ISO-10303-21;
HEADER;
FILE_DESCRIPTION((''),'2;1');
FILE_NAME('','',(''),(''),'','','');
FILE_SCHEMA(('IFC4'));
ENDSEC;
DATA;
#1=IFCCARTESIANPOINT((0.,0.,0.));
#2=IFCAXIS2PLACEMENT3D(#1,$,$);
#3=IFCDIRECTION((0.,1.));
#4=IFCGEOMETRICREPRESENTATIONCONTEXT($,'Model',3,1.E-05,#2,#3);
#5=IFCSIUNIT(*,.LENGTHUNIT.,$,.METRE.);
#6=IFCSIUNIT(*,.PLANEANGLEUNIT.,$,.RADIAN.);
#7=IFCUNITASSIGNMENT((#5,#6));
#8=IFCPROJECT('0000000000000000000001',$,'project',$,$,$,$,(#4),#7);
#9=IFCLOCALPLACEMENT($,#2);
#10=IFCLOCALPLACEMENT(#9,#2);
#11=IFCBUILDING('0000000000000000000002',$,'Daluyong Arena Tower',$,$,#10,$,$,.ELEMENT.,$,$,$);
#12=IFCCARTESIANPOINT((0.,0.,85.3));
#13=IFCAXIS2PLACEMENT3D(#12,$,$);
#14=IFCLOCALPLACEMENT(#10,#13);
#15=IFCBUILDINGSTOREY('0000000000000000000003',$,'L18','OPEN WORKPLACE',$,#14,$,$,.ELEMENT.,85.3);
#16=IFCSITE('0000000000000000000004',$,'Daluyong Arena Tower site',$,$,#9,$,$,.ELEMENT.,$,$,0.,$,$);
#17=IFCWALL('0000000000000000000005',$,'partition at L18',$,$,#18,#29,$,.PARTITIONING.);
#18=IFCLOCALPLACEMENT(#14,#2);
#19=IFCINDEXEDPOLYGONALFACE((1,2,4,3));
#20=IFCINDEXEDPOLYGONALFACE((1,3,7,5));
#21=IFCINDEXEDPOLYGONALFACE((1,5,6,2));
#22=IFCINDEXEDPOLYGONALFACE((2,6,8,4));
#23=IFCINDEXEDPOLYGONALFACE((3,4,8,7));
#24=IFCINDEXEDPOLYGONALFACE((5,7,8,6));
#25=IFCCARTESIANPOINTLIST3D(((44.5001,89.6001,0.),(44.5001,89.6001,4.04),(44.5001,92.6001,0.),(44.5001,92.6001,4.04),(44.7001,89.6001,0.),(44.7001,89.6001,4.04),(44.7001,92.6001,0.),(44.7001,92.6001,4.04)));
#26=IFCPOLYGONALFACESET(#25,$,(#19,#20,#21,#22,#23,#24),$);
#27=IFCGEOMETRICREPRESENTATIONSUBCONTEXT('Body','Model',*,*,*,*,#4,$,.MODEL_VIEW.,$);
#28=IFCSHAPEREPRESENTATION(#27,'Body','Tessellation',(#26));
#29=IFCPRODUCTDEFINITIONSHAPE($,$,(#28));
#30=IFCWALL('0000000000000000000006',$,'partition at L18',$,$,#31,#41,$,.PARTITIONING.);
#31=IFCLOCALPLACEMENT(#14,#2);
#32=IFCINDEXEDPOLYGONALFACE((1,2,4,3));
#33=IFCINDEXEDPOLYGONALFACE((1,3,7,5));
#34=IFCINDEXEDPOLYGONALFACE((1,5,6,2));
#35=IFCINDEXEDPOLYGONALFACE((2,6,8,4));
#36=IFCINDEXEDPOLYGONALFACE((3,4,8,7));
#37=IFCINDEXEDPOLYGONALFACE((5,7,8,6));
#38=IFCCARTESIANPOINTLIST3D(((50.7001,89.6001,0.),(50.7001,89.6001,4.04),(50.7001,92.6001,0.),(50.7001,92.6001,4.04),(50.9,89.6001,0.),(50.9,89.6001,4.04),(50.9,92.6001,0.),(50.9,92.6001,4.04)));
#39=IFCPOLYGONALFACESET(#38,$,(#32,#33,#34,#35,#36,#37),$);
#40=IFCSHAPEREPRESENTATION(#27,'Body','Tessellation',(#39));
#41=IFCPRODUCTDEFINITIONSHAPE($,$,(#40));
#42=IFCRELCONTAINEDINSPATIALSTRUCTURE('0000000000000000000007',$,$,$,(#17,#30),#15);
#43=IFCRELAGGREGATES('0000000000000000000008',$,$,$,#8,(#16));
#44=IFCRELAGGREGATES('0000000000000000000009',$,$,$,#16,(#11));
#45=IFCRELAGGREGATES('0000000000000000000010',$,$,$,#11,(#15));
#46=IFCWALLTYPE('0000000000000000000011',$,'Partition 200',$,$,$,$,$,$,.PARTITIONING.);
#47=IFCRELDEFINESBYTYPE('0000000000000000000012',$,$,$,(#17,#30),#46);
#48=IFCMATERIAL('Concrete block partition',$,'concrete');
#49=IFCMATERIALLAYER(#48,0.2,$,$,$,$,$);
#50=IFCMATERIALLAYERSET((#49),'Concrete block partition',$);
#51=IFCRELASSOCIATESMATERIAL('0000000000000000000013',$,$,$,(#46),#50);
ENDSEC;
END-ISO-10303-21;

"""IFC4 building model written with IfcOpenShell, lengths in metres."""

from ifc_helpers import new_model, si_unit, direction, frame, frame_2d, origin, place, context, subcontext, project, spatial, rectangle, extrude, material, layer, layer_set, type_object, element, save


model = new_model("IFC4")

# Units and contexts
model_context = context("Model", 3, precision=1e-05, world=origin(), true_north=direction((0.0, 1.0)))
body_context = subcontext(model_context, "Body", "Model", "MODEL_VIEW")
ifc_project = project(units=[si_unit("LENGTHUNIT", "METRE"), si_unit("PLANEANGLEUNIT", "RADIAN")], contexts=[model_context])

# Site, building, storey
site_placement = place(None, origin())
site = spatial("IfcSite", under=ifc_project, at=site_placement, Name="Daluyong Arena Tower site", CompositionType="ELEMENT", RefElevation=0.0)
building_placement = place(site_placement, origin())
building = spatial("IfcBuilding", under=site, at=building_placement, Name="Daluyong Arena Tower", CompositionType="ELEMENT")
storey_placement = place(building_placement, frame((0.0, 0.0, 85.3)))
storey = spatial("IfcBuildingStorey", under=building, at=storey_placement, Name="L18", Description="OPEN WORKPLACE", CompositionType="ELEMENT", Elevation=85.3)

# Walls
ifc_material_1 = material(Name="Concrete block partition", Category="concrete")
ifc_layer_1 = layer(ifc_material_1, 0.2)
ifc_layer_set_1 = layer_set([ifc_layer_1], Name="Concrete block partition")
wall_type_1 = type_object("IfcWallType", Name="Partition 200", PredefinedType="PARTITIONING", material=ifc_layer_set_1)
for number, where, z_axis, x_axis, name in (
    (1, (44.6001, 89.6001, 0.0), (0.0, 0.0, 1.0), (0.0, 1.0, 0.0), "partition at L18"),
    (2, (50.8, 89.6001, 0.0), (0.0, 0.0, 1.0), (0.0, 1.0, 0.0), "partition at L18"),
):
    element("IfcWall", number, at=place(storey_placement, frame(where, z_axis=z_axis, x_axis=x_axis)), inside=storey, type_object=wall_type_1, Name=name, PredefinedType="PARTITIONING", context=body_context, shape_type="SweptSolid", body=[
        extrude(rectangle(XDim=3.0, YDim=0.2, at=frame_2d((1.5, 0.0))), origin(), (0.0, 0.0, 1.0), 4.04),
    ])

save(model, "model.ifc")
